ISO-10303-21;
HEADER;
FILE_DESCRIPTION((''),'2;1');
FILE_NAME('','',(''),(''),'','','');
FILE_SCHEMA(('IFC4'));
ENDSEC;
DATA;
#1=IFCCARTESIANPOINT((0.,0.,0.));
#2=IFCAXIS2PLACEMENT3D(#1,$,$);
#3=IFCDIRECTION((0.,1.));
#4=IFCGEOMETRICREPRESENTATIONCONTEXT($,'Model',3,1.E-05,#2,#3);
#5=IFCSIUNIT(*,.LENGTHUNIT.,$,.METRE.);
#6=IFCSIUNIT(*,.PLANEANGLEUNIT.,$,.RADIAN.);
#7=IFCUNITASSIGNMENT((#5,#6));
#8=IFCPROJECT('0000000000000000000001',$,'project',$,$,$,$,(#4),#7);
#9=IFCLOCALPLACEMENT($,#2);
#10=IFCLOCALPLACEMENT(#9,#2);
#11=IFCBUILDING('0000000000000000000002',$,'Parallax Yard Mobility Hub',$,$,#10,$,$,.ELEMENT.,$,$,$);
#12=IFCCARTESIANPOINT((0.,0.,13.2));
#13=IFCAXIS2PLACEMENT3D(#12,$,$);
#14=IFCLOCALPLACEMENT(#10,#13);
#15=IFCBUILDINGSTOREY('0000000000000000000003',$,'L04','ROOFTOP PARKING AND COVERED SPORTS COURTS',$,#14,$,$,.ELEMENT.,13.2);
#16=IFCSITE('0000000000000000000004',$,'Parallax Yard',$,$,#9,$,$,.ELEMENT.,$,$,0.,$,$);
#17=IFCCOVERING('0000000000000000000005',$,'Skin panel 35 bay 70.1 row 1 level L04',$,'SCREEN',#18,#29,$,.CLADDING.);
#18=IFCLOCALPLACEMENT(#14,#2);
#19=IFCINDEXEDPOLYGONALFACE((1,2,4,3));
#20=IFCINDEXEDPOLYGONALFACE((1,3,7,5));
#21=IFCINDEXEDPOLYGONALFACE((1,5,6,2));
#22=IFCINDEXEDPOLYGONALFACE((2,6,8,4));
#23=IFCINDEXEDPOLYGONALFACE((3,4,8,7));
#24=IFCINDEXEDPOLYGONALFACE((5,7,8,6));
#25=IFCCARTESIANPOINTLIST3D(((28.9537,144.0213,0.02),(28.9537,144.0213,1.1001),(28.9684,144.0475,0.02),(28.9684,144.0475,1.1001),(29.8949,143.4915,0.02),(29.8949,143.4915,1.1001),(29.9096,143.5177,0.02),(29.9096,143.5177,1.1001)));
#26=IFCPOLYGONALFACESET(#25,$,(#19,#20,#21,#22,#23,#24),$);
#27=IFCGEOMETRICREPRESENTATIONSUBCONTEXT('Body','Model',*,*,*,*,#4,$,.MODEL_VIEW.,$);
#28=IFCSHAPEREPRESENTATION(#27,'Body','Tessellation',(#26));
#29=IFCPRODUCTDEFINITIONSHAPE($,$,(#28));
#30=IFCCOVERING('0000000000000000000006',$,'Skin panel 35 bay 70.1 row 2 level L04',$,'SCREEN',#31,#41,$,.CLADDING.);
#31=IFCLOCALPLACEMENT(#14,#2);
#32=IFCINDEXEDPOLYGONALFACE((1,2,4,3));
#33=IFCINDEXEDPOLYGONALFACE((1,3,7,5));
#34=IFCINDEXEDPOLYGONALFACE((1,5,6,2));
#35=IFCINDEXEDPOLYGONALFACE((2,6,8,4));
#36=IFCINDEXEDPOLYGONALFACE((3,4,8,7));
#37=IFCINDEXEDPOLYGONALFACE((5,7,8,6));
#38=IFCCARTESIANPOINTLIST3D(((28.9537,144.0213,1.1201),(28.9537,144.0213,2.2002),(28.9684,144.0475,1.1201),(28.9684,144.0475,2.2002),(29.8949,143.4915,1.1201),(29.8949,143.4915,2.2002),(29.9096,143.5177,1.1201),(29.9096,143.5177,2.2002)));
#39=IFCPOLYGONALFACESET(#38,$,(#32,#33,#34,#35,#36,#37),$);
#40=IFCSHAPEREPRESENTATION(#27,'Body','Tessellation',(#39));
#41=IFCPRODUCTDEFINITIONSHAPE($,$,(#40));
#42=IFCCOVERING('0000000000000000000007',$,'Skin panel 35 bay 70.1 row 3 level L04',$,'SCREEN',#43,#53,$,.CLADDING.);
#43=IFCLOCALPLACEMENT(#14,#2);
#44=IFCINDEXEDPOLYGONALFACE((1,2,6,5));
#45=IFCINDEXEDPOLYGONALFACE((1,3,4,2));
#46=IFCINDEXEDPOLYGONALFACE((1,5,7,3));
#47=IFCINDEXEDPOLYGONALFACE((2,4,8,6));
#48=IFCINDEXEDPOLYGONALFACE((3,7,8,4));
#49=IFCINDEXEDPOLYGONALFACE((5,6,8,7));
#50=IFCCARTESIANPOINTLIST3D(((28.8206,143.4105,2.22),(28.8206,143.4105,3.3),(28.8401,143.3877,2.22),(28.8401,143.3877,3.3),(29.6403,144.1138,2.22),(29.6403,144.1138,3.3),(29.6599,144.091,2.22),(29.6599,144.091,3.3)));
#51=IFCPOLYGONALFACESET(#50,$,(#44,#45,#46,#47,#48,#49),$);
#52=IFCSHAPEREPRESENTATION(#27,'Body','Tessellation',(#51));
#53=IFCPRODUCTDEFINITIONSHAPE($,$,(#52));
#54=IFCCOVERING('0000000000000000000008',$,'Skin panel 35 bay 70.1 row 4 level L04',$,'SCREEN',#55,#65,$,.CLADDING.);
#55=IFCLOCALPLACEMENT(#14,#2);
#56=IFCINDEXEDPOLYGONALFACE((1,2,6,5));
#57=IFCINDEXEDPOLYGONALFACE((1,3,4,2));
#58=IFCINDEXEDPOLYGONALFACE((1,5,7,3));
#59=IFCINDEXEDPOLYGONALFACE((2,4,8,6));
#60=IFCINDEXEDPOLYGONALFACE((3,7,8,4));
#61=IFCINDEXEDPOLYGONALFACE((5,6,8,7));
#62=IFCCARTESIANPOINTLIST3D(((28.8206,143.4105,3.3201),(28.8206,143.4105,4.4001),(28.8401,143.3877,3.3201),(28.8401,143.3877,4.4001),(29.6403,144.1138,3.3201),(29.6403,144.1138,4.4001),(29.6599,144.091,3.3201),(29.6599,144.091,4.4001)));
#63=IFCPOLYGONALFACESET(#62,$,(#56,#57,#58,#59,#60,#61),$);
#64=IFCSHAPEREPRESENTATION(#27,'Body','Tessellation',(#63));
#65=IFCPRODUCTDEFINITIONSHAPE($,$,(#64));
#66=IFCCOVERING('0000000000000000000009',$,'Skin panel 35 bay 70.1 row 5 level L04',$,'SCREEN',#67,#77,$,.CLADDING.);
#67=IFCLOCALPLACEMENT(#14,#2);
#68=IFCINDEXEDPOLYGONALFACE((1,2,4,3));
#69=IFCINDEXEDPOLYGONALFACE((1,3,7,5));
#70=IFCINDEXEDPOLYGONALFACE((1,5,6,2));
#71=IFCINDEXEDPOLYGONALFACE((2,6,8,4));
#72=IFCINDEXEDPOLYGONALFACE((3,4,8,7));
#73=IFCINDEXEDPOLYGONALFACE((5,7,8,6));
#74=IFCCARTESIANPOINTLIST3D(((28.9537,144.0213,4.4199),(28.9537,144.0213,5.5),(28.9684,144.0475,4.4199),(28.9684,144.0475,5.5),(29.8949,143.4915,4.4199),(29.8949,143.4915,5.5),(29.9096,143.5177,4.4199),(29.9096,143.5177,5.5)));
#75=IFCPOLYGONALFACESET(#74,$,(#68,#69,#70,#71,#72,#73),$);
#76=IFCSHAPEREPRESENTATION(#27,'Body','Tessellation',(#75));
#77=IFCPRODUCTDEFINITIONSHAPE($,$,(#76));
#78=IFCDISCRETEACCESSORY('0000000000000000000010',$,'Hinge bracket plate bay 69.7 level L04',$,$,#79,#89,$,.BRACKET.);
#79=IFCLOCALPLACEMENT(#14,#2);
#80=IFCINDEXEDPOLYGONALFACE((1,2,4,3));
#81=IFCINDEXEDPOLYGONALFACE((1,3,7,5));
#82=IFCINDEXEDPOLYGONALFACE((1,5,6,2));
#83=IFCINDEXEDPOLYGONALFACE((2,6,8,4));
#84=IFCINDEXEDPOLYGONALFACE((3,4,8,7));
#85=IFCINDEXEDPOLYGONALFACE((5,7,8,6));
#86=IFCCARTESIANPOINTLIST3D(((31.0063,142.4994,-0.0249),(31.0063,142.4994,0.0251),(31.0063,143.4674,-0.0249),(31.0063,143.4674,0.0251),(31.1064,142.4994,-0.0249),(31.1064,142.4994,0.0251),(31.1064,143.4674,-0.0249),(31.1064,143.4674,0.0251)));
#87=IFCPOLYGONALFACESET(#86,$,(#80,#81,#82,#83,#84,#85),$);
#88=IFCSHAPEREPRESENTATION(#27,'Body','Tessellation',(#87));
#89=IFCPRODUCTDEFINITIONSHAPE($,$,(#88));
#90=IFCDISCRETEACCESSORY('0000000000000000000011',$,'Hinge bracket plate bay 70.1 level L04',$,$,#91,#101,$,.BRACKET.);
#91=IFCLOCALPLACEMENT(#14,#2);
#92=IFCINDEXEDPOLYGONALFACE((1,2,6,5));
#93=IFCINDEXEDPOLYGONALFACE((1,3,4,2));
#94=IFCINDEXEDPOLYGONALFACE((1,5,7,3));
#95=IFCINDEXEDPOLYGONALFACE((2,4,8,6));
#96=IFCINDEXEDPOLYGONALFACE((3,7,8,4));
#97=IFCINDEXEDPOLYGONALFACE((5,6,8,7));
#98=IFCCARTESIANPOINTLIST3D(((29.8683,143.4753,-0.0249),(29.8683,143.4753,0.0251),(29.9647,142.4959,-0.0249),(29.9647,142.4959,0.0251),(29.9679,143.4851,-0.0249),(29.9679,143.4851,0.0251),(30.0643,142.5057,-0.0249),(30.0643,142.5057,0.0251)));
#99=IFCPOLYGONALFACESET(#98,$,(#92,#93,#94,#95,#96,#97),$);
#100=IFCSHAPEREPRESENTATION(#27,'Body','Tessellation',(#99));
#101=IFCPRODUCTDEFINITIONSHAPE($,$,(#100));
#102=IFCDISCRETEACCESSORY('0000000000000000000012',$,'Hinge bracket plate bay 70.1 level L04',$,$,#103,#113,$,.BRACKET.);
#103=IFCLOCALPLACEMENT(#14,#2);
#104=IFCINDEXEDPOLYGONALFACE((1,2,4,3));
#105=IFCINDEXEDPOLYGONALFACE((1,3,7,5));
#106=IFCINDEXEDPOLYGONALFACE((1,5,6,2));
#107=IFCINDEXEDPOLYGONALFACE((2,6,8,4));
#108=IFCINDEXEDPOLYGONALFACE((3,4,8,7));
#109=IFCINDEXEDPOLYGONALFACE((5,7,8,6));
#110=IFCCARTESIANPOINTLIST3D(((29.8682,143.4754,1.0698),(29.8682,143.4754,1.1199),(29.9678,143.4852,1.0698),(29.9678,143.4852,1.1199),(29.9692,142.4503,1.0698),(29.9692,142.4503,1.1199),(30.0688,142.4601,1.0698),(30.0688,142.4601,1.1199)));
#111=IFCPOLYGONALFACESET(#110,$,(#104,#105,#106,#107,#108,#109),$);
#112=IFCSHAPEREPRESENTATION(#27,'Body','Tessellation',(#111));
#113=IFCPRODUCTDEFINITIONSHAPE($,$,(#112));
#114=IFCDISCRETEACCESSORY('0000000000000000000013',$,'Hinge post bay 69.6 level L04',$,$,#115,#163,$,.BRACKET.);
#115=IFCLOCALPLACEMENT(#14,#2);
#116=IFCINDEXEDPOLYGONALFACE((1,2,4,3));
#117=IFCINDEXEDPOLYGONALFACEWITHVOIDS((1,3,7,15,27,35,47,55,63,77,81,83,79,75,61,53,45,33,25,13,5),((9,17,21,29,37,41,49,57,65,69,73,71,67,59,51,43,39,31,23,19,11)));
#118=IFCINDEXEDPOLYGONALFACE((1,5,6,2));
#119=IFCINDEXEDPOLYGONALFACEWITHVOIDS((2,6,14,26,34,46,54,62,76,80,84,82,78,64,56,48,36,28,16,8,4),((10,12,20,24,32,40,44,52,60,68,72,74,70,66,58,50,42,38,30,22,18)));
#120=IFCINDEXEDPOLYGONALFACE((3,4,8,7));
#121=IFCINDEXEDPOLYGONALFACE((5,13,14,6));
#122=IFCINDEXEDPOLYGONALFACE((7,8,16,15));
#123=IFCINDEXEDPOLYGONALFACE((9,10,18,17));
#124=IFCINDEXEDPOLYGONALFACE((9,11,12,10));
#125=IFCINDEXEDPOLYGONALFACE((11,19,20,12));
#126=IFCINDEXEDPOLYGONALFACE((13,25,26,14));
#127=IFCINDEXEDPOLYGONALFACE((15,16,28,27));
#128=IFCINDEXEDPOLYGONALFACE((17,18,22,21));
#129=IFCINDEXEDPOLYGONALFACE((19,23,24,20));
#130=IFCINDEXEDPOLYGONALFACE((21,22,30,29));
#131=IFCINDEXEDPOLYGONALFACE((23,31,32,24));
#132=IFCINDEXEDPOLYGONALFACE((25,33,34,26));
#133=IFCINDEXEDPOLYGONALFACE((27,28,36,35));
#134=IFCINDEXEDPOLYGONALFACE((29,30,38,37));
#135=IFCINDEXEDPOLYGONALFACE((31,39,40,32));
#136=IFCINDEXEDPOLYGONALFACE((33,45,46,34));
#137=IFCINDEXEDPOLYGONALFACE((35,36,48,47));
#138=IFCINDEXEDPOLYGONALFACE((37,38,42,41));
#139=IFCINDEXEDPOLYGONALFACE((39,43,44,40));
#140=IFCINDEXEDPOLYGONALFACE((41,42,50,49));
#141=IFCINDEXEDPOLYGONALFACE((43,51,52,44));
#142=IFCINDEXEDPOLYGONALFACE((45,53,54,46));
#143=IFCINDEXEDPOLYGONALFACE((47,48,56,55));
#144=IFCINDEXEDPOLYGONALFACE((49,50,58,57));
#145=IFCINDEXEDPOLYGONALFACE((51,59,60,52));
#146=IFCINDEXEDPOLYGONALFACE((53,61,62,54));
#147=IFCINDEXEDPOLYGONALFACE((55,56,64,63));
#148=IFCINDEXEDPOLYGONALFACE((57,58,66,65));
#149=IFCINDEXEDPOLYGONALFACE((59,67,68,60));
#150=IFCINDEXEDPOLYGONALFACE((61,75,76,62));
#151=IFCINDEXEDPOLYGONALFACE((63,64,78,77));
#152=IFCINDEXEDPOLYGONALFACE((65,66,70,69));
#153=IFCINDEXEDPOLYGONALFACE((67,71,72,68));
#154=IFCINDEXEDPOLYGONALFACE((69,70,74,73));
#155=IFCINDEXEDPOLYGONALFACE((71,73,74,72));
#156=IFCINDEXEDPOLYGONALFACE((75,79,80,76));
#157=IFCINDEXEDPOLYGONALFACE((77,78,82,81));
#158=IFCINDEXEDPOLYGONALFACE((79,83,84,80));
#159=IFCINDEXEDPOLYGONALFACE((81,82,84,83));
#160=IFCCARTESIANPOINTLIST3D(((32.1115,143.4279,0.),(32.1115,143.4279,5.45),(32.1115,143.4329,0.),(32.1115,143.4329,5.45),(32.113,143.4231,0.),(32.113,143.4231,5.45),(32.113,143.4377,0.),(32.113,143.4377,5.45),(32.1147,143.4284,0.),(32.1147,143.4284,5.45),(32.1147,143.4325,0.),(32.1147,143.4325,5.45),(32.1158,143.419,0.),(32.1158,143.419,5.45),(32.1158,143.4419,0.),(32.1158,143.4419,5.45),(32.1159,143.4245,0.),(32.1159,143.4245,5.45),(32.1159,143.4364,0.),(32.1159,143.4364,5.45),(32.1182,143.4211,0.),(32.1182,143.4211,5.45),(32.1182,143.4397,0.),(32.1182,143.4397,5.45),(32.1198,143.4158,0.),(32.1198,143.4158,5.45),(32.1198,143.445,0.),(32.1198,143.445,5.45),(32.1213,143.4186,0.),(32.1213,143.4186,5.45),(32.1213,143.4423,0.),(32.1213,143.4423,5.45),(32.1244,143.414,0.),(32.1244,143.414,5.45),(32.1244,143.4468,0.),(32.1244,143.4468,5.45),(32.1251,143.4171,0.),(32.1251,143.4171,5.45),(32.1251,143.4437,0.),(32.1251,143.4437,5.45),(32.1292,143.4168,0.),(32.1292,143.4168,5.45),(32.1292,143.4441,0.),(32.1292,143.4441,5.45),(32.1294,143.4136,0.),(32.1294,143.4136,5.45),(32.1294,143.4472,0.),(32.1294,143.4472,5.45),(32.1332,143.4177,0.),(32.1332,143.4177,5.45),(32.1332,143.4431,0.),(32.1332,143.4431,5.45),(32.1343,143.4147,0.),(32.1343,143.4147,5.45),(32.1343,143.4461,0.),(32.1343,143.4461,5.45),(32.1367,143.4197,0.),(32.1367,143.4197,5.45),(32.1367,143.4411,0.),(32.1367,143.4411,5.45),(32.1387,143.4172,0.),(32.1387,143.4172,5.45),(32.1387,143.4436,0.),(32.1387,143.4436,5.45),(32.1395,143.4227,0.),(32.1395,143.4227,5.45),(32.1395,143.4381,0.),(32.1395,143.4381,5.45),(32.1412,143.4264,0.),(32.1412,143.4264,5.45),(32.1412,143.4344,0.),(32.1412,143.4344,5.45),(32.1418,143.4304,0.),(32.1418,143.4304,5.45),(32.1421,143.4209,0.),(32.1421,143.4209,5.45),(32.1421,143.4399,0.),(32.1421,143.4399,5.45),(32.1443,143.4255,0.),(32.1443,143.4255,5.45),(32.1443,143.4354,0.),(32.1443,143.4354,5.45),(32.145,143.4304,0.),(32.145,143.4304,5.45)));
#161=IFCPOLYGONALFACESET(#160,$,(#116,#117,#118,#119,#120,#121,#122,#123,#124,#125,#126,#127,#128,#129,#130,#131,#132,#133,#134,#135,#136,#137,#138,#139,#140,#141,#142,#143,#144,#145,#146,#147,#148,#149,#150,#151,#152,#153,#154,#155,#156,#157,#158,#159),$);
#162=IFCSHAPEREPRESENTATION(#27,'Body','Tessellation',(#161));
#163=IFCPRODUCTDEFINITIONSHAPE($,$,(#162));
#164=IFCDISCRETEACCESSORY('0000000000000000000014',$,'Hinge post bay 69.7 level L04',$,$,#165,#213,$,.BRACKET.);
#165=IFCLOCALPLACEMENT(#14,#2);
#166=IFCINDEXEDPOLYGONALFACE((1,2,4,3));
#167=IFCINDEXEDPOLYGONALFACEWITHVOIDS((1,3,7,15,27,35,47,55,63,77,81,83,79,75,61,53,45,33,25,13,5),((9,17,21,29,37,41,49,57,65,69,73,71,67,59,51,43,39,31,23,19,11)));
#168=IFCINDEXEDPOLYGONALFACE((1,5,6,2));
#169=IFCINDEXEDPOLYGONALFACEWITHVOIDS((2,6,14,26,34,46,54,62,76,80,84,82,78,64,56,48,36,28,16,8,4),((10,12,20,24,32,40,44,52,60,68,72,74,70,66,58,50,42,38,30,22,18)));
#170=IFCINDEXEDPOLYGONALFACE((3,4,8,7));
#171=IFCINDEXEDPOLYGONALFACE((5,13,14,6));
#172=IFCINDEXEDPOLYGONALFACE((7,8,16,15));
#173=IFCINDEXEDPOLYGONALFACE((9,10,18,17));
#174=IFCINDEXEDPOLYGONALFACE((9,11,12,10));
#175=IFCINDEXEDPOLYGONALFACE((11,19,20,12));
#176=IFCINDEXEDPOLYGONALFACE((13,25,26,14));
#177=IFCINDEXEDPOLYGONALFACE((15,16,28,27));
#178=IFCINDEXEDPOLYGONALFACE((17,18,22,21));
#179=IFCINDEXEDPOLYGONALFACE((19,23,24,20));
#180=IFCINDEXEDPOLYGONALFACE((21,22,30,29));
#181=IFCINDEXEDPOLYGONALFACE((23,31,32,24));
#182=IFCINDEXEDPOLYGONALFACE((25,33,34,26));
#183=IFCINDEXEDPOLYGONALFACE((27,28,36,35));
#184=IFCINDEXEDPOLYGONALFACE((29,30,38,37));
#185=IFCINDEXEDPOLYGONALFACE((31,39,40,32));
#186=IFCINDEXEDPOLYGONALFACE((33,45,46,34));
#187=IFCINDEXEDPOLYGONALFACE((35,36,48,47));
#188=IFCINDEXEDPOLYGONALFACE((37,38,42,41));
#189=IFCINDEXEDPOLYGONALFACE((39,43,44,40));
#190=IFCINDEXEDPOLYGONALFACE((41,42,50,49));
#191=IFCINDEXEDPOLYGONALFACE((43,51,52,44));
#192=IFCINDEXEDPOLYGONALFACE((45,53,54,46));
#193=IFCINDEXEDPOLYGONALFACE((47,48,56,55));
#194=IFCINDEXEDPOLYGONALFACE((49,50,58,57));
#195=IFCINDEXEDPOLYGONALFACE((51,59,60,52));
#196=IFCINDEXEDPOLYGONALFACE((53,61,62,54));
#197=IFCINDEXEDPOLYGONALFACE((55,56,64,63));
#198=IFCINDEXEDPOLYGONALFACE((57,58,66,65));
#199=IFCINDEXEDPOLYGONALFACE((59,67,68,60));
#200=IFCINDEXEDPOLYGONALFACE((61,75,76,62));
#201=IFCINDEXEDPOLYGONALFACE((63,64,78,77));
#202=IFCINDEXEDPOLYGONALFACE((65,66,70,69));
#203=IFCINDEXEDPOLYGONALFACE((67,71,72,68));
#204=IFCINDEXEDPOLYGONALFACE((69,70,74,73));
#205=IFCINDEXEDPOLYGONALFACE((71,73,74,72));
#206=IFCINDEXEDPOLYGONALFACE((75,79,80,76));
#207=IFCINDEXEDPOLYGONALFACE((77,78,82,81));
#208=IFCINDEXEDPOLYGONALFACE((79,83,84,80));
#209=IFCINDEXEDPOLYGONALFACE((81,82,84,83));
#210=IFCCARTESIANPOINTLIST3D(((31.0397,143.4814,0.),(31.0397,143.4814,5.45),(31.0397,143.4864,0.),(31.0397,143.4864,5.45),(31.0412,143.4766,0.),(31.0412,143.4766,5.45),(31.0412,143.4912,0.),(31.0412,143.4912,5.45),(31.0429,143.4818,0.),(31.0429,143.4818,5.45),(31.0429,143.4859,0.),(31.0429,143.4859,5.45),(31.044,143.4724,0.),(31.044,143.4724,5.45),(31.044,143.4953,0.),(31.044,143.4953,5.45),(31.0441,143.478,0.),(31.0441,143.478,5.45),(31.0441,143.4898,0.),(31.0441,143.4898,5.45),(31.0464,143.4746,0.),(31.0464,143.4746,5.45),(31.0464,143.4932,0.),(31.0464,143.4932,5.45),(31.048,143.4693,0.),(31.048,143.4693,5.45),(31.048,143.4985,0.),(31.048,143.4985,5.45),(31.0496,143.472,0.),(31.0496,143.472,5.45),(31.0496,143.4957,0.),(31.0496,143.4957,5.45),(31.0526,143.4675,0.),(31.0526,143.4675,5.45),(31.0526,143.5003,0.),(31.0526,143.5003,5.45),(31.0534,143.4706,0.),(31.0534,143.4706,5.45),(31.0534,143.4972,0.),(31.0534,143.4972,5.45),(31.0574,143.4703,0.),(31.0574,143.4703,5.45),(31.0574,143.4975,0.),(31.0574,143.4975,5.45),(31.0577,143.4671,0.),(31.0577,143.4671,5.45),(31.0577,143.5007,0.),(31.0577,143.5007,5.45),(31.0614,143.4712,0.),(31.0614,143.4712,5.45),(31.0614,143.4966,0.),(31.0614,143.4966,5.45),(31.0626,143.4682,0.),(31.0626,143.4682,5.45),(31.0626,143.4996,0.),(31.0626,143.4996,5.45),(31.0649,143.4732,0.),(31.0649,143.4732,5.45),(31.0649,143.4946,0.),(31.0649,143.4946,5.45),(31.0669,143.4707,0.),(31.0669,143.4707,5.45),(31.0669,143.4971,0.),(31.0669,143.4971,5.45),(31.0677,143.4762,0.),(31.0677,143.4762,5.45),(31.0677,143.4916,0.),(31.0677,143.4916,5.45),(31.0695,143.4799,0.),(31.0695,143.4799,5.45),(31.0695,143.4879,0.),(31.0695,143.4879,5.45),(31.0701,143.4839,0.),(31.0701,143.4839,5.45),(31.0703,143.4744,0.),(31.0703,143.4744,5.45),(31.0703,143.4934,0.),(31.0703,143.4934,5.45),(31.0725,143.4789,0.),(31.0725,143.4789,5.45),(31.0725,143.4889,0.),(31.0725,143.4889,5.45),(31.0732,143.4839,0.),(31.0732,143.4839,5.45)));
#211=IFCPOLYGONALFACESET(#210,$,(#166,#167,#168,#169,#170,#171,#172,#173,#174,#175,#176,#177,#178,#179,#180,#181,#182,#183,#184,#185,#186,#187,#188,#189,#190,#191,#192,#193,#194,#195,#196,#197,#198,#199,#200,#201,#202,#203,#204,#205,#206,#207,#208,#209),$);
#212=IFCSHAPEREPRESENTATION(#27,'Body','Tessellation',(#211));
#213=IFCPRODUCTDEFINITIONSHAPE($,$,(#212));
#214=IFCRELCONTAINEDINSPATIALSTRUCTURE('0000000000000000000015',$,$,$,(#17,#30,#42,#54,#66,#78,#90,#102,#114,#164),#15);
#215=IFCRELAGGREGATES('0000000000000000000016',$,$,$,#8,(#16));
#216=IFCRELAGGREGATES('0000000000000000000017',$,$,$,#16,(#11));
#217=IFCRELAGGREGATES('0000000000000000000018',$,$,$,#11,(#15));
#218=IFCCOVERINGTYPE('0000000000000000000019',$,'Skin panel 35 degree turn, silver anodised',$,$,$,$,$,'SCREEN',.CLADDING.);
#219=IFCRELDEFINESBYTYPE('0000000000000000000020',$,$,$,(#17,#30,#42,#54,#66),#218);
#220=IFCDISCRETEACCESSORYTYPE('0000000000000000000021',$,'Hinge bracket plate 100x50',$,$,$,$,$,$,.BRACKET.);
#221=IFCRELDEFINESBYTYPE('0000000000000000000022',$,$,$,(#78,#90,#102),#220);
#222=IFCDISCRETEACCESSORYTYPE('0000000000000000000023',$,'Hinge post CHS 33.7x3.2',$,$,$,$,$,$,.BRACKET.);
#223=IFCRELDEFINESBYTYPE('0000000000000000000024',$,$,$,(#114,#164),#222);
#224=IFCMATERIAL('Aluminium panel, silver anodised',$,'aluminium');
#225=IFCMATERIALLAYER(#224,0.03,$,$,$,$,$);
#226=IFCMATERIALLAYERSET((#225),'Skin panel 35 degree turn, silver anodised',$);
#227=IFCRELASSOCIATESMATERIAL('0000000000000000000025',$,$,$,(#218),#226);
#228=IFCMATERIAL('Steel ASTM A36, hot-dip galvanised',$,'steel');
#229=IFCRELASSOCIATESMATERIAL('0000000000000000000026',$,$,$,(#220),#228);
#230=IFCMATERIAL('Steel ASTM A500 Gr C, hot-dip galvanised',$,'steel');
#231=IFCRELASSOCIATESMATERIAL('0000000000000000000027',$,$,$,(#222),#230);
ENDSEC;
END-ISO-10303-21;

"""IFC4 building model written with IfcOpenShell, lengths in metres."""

from ifc_helpers import new_model, si_unit, direction, frame, origin, origin_2d, place, context, subcontext, project, spatial, rectangle, hollow_circle, extrude, material, layer, layer_set, material_profile, profile_set, type_object, element, save


model = new_model("IFC4")

# Units and contexts
model_context = context("Model", 3, precision=1e-05, world=origin(), true_north=direction((0.0, 1.0)))
body_context = subcontext(model_context, "Body", "Model", "MODEL_VIEW")
ifc_project = project(units=[si_unit("LENGTHUNIT", "METRE"), si_unit("PLANEANGLEUNIT", "RADIAN")], contexts=[model_context])

# Site, building, storey
site_placement = place(None, origin())
site = spatial("IfcSite", under=ifc_project, at=site_placement, Name="Parallax Yard", CompositionType="ELEMENT", RefElevation=0.0)
building_placement = place(site_placement, origin())
building = spatial("IfcBuilding", under=site, at=building_placement, Name="Parallax Yard Mobility Hub", CompositionType="ELEMENT")
storey_placement = place(building_placement, frame((0.0, 0.0, 13.2)))
storey = spatial("IfcBuildingStorey", under=building, at=storey_placement, Name="L04", Description="ROOFTOP PARKING AND COVERED SPORTS COURTS", CompositionType="ELEMENT", Elevation=13.2)

# Coverings
ifc_material_1 = material(Name="Aluminium panel, silver anodised", Category="aluminium")
ifc_layer_1 = layer(ifc_material_1, 0.03)
ifc_layer_set_1 = layer_set([ifc_layer_1], Name="Skin panel 35 degree turn, silver anodised")
covering_type_1 = type_object("IfcCoveringType", Name="Skin panel 35 degree turn, silver anodised", ElementType="SCREEN", PredefinedType="CLADDING", material=ifc_layer_set_1)
for number, where, z_axis, x_axis, name in (
    (1, (29.4316, 143.7695, 0.02), (0.0, 0.0, 1.0), (-0.871428, 0.490524, 0.0), "Skin panel 35 bay 70.1 row 1 level L04"),
    (2, (29.4316, 143.7695, 1.1201), (0.0, 0.0, 1.0), (-0.871428, 0.490524, 0.0), "Skin panel 35 bay 70.1 row 2 level L04"),
    (3, (29.2402, 143.7507, 2.22), (0.0, 0.0, 1.0), (0.758987, 0.651105, 0.0), "Skin panel 35 bay 70.1 row 3 level L04"),
    (4, (29.2402, 143.7507, 3.3201), (0.0, 0.0, 1.0), (0.758987, 0.651105, 0.0), "Skin panel 35 bay 70.1 row 4 level L04"),
    (5, (29.4316, 143.7695, 4.4199), (0.0, 0.0, 1.0), (-0.871428, 0.490524, 0.0), "Skin panel 35 bay 70.1 row 5 level L04"),
):
    element("IfcCovering", number, at=place(storey_placement, frame(where, z_axis=z_axis, x_axis=x_axis)), inside=storey, type_object=covering_type_1, Name=name, ObjectType="SCREEN", PredefinedType="CLADDING", context=body_context, shape_type="SweptSolid", body=[
        extrude(rectangle(XDim=1.0801, YDim=0.03, at=origin_2d()), origin(), (0.0, 0.0, 1.0), 1.0801),
    ])

# Discrete accessories
ifc_material_2 = material(Name="Steel ASTM A36, hot-dip galvanised", Category="steel")
discrete_accessory_type_1 = type_object("IfcDiscreteAccessoryType", Name="Hinge bracket plate 100x50", PredefinedType="BRACKET", material=ifc_material_2)
discrete_accessory_1_placement = place(storey_placement, frame((31.0564, 142.9834, -0.0249), z_axis=(0.0, 0.0, 1.0), x_axis=(0.0, 1.0, 0.0)))
element("IfcDiscreteAccessory", 6, at=discrete_accessory_1_placement, inside=storey, type_object=discrete_accessory_type_1, Name="Hinge bracket plate bay 69.7 level L04", PredefinedType="BRACKET", context=body_context, shape_type="SweptSolid", body=[
    extrude(rectangle(XDim=0.968, YDim=0.1001, at=origin_2d()), origin(), (0.0, 0.0, 1.0), 0.05),
])
discrete_accessory_2_placement = place(storey_placement, frame((29.9663, 142.9905, -0.0249), z_axis=(0.0, 0.0, 1.0), x_axis=(-0.098017, 0.995185, 0.0)))
element("IfcDiscreteAccessory", 7, at=discrete_accessory_2_placement, inside=storey, type_object=discrete_accessory_type_1, Name="Hinge bracket plate bay 70.1 level L04", PredefinedType="BRACKET", context=body_context, shape_type="SweptSolid", body=[
    extrude(rectangle(XDim=0.9841, YDim=0.1001, at=origin_2d()), origin(), (0.0, 0.0, 1.0), 0.05),
])
discrete_accessory_3_placement = place(storey_placement, frame((29.9685, 142.9678, 1.0698), z_axis=(0.0, 0.0, 1.0), x_axis=(-0.098017, 0.995185, 0.0)))
element("IfcDiscreteAccessory", 8, at=discrete_accessory_3_placement, inside=storey, type_object=discrete_accessory_type_1, Name="Hinge bracket plate bay 70.1 level L04", PredefinedType="BRACKET", context=body_context, shape_type="SweptSolid", body=[
    extrude(rectangle(XDim=1.03, YDim=0.1001, at=origin_2d()), origin(), (0.0, 0.0, 1.0), 0.05),
])
ifc_material_3 = material(Name="Steel ASTM A500 Gr C, hot-dip galvanised", Category="steel")
ifc_material_profile = material_profile(ifc_material_3, hollow_circle(Radius=0.0168, WallThickness=0.0032, at=origin_2d()), Name="CHS 33.7x3.2")
ifc_profile_set = profile_set([ifc_material_profile], Name="Steel ASTM A500 Gr C, hot-dip galvanised")
discrete_accessory_type_2 = type_object("IfcDiscreteAccessoryType", Name="Hinge post CHS 33.7x3.2", PredefinedType="BRACKET", material=ifc_profile_set)
for number, where, z_axis, x_axis, name in (
    (9, (32.1282, 143.4304, 0.0), (0.0, 0.0, 1.0), (1.0, 0.0, 0.0), "Hinge post bay 69.6 level L04"),
    (10, (31.0564, 143.4839, 0.0), (0.0, 0.0, 1.0), (1.0, 0.0, 0.0), "Hinge post bay 69.7 level L04"),
):
    element("IfcDiscreteAccessory", number, at=place(storey_placement, frame(where, z_axis=z_axis, x_axis=x_axis)), inside=storey, type_object=discrete_accessory_type_2, Name=name, PredefinedType="BRACKET", context=body_context, shape_type="SweptSolid", body=[
        extrude(hollow_circle(Radius=0.0168, WallThickness=0.0032, at=origin_2d()), origin(), (0.0, 0.0, 1.0), 5.45),
    ])

save(model, "model.ifc")
